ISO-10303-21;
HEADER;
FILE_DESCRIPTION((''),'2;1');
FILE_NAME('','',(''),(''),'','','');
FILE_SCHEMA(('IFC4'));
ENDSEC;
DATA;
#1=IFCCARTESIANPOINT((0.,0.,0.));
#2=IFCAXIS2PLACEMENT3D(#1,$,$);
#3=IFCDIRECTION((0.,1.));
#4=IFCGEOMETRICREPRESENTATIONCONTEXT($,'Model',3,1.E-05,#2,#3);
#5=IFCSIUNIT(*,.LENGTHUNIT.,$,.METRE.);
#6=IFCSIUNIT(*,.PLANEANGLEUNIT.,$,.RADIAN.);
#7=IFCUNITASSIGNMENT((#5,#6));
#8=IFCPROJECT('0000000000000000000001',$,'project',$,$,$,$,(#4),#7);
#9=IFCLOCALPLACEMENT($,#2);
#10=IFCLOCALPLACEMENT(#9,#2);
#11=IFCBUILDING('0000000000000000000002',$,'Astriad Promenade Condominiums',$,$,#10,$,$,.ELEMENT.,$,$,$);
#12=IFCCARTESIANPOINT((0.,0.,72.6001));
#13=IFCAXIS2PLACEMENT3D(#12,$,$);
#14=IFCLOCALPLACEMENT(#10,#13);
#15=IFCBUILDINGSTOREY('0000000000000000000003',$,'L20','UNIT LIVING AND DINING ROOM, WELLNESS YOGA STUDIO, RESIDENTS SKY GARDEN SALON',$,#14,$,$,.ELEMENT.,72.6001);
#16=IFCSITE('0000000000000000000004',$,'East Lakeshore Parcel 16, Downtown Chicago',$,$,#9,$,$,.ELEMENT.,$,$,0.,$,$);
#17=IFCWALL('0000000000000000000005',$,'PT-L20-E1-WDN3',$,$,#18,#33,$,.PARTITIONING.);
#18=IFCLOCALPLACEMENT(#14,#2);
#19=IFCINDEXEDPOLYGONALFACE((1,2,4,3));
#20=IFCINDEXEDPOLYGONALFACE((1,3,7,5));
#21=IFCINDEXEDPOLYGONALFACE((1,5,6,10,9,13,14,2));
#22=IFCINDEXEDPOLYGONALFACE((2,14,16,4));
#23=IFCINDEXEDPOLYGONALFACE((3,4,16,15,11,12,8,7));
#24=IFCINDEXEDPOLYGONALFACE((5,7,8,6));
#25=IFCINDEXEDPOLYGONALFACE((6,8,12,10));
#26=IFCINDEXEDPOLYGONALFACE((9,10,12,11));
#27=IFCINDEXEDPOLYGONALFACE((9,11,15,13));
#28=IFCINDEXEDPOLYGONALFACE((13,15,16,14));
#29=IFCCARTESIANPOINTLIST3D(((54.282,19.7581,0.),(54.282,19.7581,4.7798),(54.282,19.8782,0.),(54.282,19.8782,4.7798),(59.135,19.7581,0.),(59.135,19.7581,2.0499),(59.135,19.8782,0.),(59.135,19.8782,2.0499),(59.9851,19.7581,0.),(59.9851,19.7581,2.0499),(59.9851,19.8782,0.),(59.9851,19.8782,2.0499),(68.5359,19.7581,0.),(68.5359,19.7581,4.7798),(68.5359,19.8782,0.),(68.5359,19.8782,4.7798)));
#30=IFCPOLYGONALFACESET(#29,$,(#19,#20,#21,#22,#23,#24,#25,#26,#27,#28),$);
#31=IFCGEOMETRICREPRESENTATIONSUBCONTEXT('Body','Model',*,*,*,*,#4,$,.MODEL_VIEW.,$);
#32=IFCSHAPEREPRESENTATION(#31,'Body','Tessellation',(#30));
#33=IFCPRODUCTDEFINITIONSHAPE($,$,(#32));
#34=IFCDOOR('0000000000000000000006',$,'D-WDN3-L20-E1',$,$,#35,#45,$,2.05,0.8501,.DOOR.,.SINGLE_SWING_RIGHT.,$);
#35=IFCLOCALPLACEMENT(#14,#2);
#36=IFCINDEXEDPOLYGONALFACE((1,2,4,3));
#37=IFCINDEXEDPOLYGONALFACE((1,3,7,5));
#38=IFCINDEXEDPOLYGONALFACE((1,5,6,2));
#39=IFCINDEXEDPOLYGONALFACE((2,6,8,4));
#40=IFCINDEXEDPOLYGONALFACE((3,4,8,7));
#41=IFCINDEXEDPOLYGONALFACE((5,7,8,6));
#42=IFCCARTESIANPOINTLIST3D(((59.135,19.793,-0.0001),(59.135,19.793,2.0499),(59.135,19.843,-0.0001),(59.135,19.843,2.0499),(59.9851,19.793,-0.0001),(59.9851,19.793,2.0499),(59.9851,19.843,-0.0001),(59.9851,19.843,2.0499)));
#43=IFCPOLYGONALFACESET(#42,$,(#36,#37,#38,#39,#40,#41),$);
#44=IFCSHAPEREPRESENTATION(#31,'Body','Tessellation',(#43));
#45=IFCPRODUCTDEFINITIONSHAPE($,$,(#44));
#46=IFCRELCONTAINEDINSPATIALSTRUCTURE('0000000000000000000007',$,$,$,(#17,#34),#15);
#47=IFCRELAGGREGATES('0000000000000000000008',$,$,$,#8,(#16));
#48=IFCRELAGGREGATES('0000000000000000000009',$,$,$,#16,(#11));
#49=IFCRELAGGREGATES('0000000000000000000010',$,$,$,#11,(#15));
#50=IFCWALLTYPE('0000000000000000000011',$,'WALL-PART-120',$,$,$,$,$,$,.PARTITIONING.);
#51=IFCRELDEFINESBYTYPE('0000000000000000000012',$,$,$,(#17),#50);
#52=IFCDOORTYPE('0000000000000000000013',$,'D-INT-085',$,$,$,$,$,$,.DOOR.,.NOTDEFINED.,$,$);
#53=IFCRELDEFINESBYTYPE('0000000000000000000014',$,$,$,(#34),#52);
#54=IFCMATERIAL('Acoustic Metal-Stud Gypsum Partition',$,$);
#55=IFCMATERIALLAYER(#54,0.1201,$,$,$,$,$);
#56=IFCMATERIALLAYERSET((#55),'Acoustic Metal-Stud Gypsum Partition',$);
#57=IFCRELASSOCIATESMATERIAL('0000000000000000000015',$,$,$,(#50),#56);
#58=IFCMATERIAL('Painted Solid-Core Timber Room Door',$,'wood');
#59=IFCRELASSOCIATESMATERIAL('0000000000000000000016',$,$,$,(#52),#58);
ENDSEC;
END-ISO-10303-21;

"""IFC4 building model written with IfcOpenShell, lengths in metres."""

from ifc_helpers import new_model, si_unit, direction, frame, frame_2d, origin, place, context, subcontext, project, spatial, rectangle, extrude, source, transform, mapped, material, layer, layer_set, type_object, type_shapes, element, fill, save


model = new_model("IFC4")

# Units and contexts
model_context = context("Model", 3, precision=1e-05, world=origin(), true_north=direction((0.0, 1.0)))
body_context = subcontext(model_context, "Body", "Model", "MODEL_VIEW")
ifc_project = project(units=[si_unit("LENGTHUNIT", "METRE"), si_unit("PLANEANGLEUNIT", "RADIAN")], contexts=[model_context])

# Site, building, storey
site_placement = place(None, origin())
site = spatial("IfcSite", under=ifc_project, at=site_placement, Name="East Lakeshore Parcel 16, Downtown Chicago", CompositionType="ELEMENT", RefElevation=0.0)
building_placement = place(site_placement, origin())
building = spatial("IfcBuilding", under=site, at=building_placement, Name="Astriad Promenade Condominiums", CompositionType="ELEMENT")
storey_placement = place(building_placement, frame((0.0, 0.0, 72.6001)))
storey = spatial("IfcBuildingStorey", under=building, at=storey_placement, Name="L20", Description="UNIT LIVING AND DINING ROOM, WELLNESS YOGA STUDIO, RESIDENTS SKY GARDEN SALON", CompositionType="ELEMENT", Elevation=72.6001)

# Shared definitions
ifc_material_1 = material(Name="Acoustic Metal-Stud Gypsum Partition")
ifc_layer_1 = layer(ifc_material_1, 0.1201)
ifc_layer_set_1 = layer_set([ifc_layer_1], Name="Acoustic Metal-Stud Gypsum Partition")
wall_type_1 = type_object("IfcWallType", Name="WALL-PART-120", PredefinedType="PARTITIONING", material=ifc_layer_set_1)

# Wall, opening, door
ifc_material_2 = material(Name="Painted Solid-Core Timber Room Door", Category="wood")
door_type = type_object("IfcDoorType", Name="D-INT-085", OperationType="NOTDEFINED", PredefinedType="DOOR", material=ifc_material_2)
shared_shape_1 = source(origin(), body_context, "Body", "SweptSolid", [
    extrude(rectangle(XDim=0.8501, YDim=2.05, at=frame_2d((0.425, 1.0249))), frame((0.0, 0.0249, 0.0), z_axis=(0.0, -1.0, 0.0), x_axis=(1.0, 0.0, 0.0)), (0.0, 0.0, 1.0), 0.05),
])
type_shapes(door_type, [shared_shape_1])
wall_1_placement = place(storey_placement, frame((54.282, 19.8181, 0.0), z_axis=(0.0, 0.0, 1.0), x_axis=(1.0, 0.0, 0.0)))
wall_1 = element("IfcWall", 1, at=wall_1_placement, inside=storey, type_object=wall_type_1, Name="PT-L20-E1-WDN3", PredefinedType="PARTITIONING", context=body_context, shape_type="SweptSolid", body=[
    extrude(rectangle(XDim=14.2539, YDim=0.1201, at=frame_2d((7.127, 0.0))), origin(), (0.0, 0.0, 1.0), 4.7798),
])
opening_1_placement = place(wall_1_placement, frame((4.853, 0.0, 0.0)))
opening_1 = element("IfcOpeningElement", 2, at=opening_1_placement, cuts=wall_1, PredefinedType="OPENING", context=body_context, shape_type="SweptSolid", body=[
    extrude(rectangle(XDim=0.8501, YDim=2.05, at=frame_2d((0.425, 1.0249))), frame((0.0, 0.0701, 0.0), z_axis=(0.0, -1.0, 0.0), x_axis=(1.0, 0.0, 0.0)), (0.0, 0.0, 1.0), 0.1401),
])
door_1_placement = place(opening_1_placement, origin())
door_1 = element("IfcDoor", 3, at=door_1_placement, inside=storey, type_object=door_type, Name="D-WDN3-L20-E1", OperationType="SINGLE_SWING_RIGHT", OverallHeight=2.05, OverallWidth=0.8501, PredefinedType="DOOR", context=body_context, shape_type="MappedRepresentation", body=[
    mapped(shared_shape_1, transform((0.0, 0.0, 0.0), scale=1.0)),
])
fill(opening_1, door_1)

save(model, "model.ifc")
